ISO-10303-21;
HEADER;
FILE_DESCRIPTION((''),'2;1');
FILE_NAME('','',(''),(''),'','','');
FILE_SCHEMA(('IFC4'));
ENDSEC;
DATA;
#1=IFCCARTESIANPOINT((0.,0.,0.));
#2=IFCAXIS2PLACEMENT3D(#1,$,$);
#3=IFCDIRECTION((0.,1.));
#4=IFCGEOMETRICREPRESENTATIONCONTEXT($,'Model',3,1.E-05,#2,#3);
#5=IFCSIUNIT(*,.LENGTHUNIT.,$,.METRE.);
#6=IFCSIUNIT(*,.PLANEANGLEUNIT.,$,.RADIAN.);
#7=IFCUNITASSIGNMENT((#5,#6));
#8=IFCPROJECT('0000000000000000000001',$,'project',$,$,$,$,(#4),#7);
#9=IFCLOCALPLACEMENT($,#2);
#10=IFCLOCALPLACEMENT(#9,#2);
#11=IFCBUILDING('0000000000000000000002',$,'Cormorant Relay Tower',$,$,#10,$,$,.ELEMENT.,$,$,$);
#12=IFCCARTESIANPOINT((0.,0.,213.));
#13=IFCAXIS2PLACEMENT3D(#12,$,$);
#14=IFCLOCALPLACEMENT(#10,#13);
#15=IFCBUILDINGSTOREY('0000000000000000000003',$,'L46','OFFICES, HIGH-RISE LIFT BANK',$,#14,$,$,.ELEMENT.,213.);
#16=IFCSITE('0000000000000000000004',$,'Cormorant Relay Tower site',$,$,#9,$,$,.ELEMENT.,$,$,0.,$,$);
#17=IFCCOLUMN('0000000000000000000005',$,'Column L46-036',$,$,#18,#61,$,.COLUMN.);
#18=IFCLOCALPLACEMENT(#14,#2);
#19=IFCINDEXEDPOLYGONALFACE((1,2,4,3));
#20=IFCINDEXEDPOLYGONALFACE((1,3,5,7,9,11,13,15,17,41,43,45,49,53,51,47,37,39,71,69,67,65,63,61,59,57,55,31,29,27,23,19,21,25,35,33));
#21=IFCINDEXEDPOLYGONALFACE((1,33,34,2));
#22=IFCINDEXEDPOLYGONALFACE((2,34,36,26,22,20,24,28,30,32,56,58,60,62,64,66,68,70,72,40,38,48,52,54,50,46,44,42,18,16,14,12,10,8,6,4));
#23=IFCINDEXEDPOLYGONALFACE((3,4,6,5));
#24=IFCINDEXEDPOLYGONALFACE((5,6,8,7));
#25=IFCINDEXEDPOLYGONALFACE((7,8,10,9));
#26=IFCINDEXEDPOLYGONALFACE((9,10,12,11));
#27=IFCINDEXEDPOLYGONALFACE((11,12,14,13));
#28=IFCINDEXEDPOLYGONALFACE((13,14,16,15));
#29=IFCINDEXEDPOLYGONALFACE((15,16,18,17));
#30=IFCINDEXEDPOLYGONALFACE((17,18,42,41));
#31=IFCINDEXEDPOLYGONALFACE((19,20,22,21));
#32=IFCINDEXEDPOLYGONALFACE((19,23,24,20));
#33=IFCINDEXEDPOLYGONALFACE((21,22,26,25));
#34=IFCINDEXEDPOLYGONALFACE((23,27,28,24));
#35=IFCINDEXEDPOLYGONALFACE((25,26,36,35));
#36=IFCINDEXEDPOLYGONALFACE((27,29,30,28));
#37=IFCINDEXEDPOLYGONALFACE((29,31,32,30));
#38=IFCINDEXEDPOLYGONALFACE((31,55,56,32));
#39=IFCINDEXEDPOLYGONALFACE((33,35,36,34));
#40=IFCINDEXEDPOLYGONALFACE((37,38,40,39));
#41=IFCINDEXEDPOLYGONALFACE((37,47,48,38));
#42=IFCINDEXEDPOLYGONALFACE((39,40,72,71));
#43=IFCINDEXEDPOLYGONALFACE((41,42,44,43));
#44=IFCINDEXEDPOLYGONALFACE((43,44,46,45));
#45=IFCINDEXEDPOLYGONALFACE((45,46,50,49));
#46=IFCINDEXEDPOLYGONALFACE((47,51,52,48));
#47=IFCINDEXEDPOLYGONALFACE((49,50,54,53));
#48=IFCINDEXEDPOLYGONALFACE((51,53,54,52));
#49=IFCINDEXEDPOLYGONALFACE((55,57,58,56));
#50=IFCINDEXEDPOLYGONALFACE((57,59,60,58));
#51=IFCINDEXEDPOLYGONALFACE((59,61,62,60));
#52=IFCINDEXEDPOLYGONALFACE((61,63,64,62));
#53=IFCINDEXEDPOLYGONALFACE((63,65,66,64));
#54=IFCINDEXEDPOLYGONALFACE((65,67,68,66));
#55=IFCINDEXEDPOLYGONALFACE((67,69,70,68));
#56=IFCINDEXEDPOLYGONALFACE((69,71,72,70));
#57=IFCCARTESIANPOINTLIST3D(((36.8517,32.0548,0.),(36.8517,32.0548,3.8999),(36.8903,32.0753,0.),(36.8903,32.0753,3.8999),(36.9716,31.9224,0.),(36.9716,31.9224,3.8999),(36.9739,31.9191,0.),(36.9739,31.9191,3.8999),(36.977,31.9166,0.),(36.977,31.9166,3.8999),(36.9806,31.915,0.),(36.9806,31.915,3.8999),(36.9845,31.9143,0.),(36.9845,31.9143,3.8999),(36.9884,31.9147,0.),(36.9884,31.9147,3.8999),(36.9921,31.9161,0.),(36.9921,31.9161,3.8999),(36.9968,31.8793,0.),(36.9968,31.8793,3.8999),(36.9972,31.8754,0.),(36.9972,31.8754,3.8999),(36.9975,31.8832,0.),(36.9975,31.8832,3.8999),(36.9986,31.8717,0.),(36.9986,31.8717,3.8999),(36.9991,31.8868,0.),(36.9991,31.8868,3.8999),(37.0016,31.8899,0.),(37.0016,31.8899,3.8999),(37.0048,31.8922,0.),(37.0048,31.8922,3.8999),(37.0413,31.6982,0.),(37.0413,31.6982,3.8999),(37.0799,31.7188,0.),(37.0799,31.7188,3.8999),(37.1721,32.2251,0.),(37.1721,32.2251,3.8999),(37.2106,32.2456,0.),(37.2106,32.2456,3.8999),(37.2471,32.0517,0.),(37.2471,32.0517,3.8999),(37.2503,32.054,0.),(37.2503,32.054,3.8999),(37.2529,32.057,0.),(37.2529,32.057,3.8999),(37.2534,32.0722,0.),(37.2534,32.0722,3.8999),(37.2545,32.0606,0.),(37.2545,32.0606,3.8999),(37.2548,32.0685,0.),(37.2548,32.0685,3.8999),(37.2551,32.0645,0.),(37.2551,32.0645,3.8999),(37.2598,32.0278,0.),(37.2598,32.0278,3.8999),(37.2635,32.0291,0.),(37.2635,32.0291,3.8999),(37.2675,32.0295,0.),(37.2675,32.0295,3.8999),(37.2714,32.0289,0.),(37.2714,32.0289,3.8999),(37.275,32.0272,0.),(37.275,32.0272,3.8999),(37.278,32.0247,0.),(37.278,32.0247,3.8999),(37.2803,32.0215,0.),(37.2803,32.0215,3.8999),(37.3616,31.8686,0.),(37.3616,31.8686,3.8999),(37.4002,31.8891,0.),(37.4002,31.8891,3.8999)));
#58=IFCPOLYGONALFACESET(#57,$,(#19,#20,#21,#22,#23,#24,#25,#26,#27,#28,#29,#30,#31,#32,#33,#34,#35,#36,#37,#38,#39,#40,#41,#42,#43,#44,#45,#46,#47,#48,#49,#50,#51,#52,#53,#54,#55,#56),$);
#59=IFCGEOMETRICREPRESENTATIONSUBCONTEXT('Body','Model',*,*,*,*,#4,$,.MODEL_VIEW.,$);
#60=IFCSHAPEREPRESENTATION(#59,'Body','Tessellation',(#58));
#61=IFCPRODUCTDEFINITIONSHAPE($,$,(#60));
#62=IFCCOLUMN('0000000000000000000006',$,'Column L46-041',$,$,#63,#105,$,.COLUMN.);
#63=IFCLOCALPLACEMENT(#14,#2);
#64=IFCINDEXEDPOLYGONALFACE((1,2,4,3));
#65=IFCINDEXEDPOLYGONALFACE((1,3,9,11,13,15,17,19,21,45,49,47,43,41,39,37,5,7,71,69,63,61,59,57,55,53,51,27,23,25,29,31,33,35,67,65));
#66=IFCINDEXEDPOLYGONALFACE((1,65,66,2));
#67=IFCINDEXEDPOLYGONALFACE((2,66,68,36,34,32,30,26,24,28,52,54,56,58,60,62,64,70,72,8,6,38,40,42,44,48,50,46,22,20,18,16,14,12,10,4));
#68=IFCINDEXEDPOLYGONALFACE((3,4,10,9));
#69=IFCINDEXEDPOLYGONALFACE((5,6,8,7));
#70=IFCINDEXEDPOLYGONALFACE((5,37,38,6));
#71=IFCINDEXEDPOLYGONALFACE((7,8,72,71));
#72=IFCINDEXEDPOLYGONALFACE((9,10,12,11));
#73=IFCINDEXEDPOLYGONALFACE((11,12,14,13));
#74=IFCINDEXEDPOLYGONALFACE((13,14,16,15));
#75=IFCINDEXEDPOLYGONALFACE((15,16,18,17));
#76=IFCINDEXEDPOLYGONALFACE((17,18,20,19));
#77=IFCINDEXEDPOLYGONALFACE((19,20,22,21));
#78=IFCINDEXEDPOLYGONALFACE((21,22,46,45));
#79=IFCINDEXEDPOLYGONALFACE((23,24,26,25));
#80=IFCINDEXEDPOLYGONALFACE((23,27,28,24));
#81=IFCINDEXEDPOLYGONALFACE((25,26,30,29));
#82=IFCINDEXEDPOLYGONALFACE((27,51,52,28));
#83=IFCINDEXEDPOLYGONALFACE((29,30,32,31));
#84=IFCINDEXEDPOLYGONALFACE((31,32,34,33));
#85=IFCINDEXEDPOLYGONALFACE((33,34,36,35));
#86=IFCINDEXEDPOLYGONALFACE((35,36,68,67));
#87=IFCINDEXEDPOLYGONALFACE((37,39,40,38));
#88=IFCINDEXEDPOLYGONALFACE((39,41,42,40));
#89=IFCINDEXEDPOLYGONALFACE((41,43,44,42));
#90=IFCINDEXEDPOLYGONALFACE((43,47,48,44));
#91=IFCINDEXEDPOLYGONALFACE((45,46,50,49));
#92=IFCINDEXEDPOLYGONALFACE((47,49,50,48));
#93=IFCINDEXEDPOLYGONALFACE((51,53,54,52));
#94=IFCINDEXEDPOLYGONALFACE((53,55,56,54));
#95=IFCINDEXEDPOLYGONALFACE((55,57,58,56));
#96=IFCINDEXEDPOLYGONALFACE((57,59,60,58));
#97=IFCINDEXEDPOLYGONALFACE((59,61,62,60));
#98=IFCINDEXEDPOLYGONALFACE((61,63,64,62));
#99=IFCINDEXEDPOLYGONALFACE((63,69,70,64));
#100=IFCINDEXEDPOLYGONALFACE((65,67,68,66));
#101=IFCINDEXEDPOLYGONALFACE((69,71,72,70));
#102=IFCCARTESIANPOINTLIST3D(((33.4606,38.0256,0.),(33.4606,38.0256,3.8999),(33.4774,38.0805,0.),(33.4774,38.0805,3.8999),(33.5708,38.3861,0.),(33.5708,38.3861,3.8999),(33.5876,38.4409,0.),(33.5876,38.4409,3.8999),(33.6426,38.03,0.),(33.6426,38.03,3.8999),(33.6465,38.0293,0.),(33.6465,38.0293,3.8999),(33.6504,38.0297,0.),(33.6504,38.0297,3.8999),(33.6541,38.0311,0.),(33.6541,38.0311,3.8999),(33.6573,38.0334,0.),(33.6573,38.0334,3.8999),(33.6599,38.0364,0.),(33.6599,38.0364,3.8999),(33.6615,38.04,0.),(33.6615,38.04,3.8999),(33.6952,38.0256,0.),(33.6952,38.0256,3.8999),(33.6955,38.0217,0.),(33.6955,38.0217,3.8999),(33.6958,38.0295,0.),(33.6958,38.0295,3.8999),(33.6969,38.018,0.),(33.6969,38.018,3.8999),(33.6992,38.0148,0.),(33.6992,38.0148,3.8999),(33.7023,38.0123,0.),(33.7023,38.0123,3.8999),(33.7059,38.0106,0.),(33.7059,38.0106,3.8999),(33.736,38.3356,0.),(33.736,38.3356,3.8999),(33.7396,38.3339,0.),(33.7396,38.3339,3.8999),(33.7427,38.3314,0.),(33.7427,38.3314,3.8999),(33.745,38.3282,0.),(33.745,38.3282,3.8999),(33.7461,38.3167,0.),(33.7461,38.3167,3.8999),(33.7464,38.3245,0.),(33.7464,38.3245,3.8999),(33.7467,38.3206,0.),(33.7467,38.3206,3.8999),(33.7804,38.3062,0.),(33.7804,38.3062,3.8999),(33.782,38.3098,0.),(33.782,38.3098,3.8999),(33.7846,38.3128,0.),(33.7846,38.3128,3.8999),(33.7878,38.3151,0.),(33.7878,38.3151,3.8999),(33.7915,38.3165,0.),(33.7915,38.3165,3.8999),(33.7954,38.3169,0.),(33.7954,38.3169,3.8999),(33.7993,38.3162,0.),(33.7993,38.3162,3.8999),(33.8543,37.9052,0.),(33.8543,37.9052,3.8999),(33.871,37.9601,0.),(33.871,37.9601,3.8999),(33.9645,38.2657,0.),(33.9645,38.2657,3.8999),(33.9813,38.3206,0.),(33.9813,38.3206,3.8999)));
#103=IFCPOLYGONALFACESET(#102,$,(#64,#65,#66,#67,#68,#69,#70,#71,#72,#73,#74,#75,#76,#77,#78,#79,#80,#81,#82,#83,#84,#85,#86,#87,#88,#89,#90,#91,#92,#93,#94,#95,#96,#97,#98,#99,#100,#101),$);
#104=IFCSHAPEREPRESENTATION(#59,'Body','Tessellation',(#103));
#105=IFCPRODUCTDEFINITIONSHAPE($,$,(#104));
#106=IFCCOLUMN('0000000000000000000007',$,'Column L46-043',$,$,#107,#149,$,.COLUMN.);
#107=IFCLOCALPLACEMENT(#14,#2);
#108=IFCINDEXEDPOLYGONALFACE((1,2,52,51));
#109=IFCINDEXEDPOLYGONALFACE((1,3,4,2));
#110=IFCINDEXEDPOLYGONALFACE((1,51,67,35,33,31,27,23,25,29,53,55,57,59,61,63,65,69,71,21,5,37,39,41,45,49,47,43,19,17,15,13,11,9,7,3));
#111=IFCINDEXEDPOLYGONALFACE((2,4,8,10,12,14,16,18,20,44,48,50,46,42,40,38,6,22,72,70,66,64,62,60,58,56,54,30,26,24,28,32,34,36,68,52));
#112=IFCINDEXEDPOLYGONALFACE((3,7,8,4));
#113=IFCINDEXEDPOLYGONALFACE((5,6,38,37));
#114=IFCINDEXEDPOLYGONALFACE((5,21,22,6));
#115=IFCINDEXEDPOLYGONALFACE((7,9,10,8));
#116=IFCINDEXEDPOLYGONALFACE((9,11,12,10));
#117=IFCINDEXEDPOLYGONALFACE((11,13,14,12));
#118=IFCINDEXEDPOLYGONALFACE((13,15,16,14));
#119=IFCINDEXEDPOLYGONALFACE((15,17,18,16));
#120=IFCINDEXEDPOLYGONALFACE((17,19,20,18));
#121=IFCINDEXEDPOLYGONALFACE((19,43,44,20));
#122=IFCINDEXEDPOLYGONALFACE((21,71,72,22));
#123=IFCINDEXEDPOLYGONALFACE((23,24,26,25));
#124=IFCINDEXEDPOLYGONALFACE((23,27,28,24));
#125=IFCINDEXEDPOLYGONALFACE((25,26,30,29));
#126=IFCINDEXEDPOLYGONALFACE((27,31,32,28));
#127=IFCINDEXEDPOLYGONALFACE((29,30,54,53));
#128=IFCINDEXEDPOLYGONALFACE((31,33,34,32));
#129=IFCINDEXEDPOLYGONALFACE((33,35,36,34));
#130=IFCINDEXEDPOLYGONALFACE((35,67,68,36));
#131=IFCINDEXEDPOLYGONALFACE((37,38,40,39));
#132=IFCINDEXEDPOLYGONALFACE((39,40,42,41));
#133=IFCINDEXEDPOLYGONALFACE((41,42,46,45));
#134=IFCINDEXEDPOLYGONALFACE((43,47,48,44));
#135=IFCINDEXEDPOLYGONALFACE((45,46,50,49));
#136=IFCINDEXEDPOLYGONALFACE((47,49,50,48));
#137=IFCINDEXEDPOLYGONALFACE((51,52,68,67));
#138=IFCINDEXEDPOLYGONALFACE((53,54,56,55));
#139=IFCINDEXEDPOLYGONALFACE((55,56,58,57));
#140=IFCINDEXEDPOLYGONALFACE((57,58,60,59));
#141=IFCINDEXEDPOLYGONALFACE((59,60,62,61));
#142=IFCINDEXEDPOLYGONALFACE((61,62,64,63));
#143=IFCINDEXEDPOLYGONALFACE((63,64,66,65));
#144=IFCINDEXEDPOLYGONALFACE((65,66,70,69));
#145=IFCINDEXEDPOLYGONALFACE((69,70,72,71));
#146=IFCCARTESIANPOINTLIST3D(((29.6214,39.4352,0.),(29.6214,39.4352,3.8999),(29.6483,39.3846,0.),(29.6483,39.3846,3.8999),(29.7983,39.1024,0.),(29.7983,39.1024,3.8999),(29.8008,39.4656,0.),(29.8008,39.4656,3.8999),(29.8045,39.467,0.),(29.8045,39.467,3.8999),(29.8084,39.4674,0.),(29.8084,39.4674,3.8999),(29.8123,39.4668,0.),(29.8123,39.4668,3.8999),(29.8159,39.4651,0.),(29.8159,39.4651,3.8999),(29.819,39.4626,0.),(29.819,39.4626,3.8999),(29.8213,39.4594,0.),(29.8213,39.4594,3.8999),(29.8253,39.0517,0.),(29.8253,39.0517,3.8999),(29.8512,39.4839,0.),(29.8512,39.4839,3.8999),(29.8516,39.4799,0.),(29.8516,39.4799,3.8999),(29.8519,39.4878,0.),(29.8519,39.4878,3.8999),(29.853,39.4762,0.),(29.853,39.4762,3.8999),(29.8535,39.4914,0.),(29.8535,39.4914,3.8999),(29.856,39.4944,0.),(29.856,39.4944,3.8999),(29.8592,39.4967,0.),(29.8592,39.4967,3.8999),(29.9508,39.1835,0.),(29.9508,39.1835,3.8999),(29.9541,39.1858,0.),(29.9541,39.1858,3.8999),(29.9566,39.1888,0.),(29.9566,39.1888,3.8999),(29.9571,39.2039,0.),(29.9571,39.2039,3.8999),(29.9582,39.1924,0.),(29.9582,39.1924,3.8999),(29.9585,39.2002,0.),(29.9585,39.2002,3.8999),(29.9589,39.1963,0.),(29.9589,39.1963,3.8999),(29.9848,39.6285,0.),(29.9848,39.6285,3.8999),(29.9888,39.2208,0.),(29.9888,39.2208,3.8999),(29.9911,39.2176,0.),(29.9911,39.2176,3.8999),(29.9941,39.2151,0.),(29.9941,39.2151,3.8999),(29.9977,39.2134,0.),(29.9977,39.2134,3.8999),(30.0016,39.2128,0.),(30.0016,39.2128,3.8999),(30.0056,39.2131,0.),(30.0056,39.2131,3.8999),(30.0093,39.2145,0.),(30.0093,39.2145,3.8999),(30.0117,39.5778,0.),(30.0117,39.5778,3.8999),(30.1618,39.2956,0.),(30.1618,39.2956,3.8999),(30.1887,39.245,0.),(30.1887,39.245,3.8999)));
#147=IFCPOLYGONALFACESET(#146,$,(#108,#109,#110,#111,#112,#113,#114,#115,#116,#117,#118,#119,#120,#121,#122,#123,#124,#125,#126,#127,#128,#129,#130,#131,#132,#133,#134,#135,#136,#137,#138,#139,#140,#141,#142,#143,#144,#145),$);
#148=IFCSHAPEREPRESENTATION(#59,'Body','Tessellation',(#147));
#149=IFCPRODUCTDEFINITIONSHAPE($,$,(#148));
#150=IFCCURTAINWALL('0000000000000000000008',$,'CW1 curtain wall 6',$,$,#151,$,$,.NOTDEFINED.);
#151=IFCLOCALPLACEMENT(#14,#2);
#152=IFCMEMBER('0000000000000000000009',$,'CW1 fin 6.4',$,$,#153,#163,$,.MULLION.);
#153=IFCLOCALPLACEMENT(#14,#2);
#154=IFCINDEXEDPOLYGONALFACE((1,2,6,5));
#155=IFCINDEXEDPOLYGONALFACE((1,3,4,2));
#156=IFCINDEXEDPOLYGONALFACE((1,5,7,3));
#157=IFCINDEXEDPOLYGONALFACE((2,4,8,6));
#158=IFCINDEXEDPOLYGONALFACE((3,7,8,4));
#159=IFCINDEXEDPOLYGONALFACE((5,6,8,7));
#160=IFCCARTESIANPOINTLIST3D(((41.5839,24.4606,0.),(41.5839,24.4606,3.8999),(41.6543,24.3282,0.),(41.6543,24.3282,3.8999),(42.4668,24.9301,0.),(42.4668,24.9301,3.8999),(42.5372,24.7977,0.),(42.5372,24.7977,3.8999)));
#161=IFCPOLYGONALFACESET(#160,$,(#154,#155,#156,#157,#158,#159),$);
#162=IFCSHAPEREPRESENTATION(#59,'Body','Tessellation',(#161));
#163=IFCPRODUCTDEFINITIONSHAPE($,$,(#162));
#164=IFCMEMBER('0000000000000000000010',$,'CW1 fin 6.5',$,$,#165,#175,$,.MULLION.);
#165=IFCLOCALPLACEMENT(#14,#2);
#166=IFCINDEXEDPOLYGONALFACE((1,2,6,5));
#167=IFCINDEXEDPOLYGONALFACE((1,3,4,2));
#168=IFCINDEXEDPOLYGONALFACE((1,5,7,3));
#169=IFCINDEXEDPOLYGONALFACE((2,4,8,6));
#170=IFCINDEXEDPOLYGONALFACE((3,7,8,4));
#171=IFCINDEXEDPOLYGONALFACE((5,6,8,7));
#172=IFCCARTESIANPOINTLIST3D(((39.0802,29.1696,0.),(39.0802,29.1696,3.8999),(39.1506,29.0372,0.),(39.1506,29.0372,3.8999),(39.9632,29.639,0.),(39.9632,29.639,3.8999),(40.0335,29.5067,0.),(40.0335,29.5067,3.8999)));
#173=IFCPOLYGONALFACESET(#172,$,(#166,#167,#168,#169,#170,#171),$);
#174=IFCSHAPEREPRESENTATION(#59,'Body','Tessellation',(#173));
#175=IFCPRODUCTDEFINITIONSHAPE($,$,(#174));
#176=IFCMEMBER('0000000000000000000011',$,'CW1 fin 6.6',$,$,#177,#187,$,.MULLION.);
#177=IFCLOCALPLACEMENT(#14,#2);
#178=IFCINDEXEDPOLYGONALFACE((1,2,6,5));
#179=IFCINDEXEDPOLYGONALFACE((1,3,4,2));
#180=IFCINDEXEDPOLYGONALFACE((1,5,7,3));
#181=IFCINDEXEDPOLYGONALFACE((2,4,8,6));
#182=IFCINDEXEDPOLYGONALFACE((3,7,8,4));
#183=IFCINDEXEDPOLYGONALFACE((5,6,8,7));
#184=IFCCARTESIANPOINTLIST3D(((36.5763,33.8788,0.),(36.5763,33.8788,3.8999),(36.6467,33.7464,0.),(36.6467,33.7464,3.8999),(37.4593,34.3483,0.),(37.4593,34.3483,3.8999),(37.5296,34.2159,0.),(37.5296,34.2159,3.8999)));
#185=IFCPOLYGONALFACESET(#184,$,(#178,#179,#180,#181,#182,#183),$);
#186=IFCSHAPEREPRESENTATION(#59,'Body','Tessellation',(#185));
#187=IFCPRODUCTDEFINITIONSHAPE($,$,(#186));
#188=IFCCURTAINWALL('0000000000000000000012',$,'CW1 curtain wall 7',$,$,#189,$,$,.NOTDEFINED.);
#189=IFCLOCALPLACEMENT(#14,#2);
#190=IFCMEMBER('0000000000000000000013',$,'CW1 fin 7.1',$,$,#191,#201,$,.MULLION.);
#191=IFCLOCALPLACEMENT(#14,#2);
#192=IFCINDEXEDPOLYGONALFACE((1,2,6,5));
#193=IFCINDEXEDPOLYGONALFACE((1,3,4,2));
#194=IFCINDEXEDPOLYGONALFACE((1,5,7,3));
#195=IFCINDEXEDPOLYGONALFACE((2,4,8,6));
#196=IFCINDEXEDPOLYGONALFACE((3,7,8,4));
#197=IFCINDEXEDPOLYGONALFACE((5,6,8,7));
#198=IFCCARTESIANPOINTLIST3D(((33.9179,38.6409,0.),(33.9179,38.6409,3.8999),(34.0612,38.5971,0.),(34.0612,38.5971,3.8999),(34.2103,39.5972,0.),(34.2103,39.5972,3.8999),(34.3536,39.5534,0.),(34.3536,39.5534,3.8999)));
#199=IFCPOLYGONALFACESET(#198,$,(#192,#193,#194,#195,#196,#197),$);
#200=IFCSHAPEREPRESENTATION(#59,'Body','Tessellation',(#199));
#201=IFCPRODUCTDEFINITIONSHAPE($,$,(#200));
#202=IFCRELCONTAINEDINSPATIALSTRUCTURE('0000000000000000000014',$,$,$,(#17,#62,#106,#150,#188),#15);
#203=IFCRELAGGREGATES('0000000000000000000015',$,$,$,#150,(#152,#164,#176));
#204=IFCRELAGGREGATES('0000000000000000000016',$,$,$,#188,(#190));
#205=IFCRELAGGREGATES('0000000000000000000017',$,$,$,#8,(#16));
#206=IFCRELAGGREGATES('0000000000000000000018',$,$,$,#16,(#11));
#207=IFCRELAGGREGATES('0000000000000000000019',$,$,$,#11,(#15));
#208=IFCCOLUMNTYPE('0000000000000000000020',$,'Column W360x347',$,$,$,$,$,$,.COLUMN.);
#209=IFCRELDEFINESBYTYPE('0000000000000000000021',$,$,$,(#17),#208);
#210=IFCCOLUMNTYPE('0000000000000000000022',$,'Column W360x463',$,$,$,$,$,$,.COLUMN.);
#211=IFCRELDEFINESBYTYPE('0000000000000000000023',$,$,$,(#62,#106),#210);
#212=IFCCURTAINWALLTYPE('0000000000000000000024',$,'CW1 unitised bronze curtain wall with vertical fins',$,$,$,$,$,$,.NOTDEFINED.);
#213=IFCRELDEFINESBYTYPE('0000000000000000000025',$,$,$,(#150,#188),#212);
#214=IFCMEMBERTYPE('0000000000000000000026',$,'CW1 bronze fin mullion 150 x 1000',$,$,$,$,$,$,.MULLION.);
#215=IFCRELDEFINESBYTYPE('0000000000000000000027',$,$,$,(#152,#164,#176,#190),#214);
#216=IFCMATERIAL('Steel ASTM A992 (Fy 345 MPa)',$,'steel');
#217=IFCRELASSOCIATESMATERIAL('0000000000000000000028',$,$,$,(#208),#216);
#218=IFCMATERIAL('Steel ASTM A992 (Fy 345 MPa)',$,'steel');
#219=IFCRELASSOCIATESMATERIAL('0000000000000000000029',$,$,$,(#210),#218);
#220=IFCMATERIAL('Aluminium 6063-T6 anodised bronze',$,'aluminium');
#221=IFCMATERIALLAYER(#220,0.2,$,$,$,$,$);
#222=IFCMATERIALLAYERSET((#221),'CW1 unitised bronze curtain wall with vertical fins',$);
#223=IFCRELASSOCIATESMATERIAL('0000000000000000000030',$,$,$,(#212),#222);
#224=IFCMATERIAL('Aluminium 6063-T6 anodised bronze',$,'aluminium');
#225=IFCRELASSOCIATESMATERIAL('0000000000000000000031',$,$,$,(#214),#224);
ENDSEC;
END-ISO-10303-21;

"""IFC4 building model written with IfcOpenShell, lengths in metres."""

from ifc_helpers import new_model, si_unit, direction, frame, origin, origin_2d, place, context, subcontext, project, spatial, rectangle, i_section, extrude, material, layer, layer_set, material_profile, profile_set, type_object, element, aggregate, save


model = new_model("IFC4")

# Units and contexts
model_context = context("Model", 3, precision=1e-05, world=origin(), true_north=direction((0.0, 1.0)))
body_context = subcontext(model_context, "Body", "Model", "MODEL_VIEW")
ifc_project = project(units=[si_unit("LENGTHUNIT", "METRE"), si_unit("PLANEANGLEUNIT", "RADIAN")], contexts=[model_context])

# Site, building, storey
site_placement = place(None, origin())
site = spatial("IfcSite", under=ifc_project, at=site_placement, Name="Cormorant Relay Tower site", CompositionType="ELEMENT", RefElevation=0.0)
building_placement = place(site_placement, origin())
building = spatial("IfcBuilding", under=site, at=building_placement, Name="Cormorant Relay Tower", CompositionType="ELEMENT")
storey_placement = place(building_placement, frame((0.0, 0.0, 213.0)))
storey = spatial("IfcBuildingStorey", under=building, at=storey_placement, Name="L46", Description="OFFICES, HIGH-RISE LIFT BANK", CompositionType="ELEMENT", Elevation=213.0)

# Columns
ifc_material_1 = material(Name="Steel ASTM A992 (Fy 345 MPa)", Category="steel")
ifc_material_profile_1 = material_profile(ifc_material_1, i_section(OverallWidth=0.4038, OverallDepth=0.4065, WebThickness=0.0271, FlangeThickness=0.0437, FilletRadius=0.0151, at=origin_2d()), Name="W360x347")
ifc_profile_set_1 = profile_set([ifc_material_profile_1], Name="Steel ASTM A992 (Fy 345 MPa)")
column_type_1 = type_object("IfcColumnType", Name="Column W360x347", PredefinedType="COLUMN", material=ifc_profile_set_1)
column_placement = place(storey_placement, frame((37.126, 31.9719, 0.0), z_axis=(0.0, 0.0, 1.0), x_axis=(-0.469472, 0.882948, 0.0)))
element("IfcColumn", 1, at=column_placement, inside=storey, type_object=column_type_1, Name="Column L46-036", PredefinedType="COLUMN", context=body_context, shape_type="SweptSolid", body=[
    extrude(i_section(OverallWidth=0.4038, OverallDepth=0.4065, WebThickness=0.0271, FlangeThickness=0.0437, FilletRadius=0.0151, at=origin_2d()), origin(), (0.0, 0.0, 1.0), 3.8999),
])
ifc_material_2 = material(Name="Steel ASTM A992 (Fy 345 MPa)", Category="steel")
ifc_material_profile_2 = material_profile(ifc_material_2, i_section(OverallWidth=0.4116, OverallDepth=0.4343, WebThickness=0.0359, FlangeThickness=0.0574, FilletRadius=0.0151, at=origin_2d()), Name="W360x463")
ifc_profile_set_2 = profile_set([ifc_material_profile_2], Name="Steel ASTM A992 (Fy 345 MPa)")
column_type_2 = type_object("IfcColumnType", Name="Column W360x463", PredefinedType="COLUMN", material=ifc_profile_set_2)
for number, where, z_axis, x_axis, name in (
    (2, (33.7209, 38.1731, 0.0), (0.0, 0.0, 1.0), (-0.956305, 0.292372, 0.0), "Column L46-041"),
    (3, (29.905, 39.3401, 0.0), (0.0, 0.0, 1.0), (-0.882948, -0.469472, 0.0), "Column L46-043"),
):
    element("IfcColumn", number, at=place(storey_placement, frame(where, z_axis=z_axis, x_axis=x_axis)), inside=storey, type_object=column_type_2, Name=name, PredefinedType="COLUMN", context=body_context, shape_type="SweptSolid", body=[
        extrude(i_section(OverallWidth=0.4116, OverallDepth=0.4343, WebThickness=0.0359, FlangeThickness=0.0574, FilletRadius=0.0151, at=origin_2d()), origin(), (0.0, 0.0, 1.0), 3.8999),
    ])

# Curtain wall, members
ifc_material_3 = material(Name="Aluminium 6063-T6 anodised bronze", Category="aluminium")
ifc_layer_1 = layer(ifc_material_3, 0.2)
ifc_layer_set_1 = layer_set([ifc_layer_1], Name="CW1 unitised bronze curtain wall with vertical fins")
curtain_wall_type = type_object("IfcCurtainWallType", Name="CW1 unitised bronze curtain wall with vertical fins", PredefinedType="NOTDEFINED", material=ifc_layer_set_1)
curtain_wall_1_placement = place(storey_placement, origin())
curtain_wall_1 = element("IfcCurtainWall", 4, at=curtain_wall_1_placement, inside=storey, type_object=curtain_wall_type, Name="CW1 curtain wall 6", PredefinedType="NOTDEFINED")
ifc_material_4 = material(Name="Aluminium 6063-T6 anodised bronze", Category="aluminium")
ifc_material_profile_3 = material_profile(ifc_material_4, rectangle(XDim=0.1499, YDim=1.0, at=origin_2d()), Name="AL 150x1000")
ifc_profile_set_3 = profile_set([ifc_material_profile_3], Name="Aluminium 6063-T6 anodised bronze")
member_type_1 = type_object("IfcMemberType", Name="CW1 bronze fin mullion 150 x 1000", PredefinedType="MULLION", material=ifc_profile_set_3)
member_1_placement = place(storey_placement, frame((42.0605, 24.6292, 0.0), z_axis=(0.0, 0.0, 1.0), x_axis=(-0.469472, 0.882948, 0.0)))
member_1 = element("IfcMember", 5, at=member_1_placement, type_object=member_type_1, Name="CW1 fin 6.4", PredefinedType="MULLION", context=body_context, shape_type="SweptSolid", body=[
    extrude(rectangle(XDim=0.1499, YDim=1.0, at=origin_2d()), origin(), (0.0, 0.0, 1.0), 3.8999),
])
member_2_placement = place(storey_placement, frame((39.5569, 29.3381, 0.0), z_axis=(0.0, 0.0, 1.0), x_axis=(-0.469472, 0.882948, 0.0)))
member_2 = element("IfcMember", 6, at=member_2_placement, type_object=member_type_1, Name="CW1 fin 6.5", PredefinedType="MULLION", context=body_context, shape_type="SweptSolid", body=[
    extrude(rectangle(XDim=0.1499, YDim=1.0, at=origin_2d()), origin(), (0.0, 0.0, 1.0), 3.8999),
])
member_3_placement = place(storey_placement, frame((37.053, 34.0474, 0.0), z_axis=(0.0, 0.0, 1.0), x_axis=(-0.469472, 0.882948, 0.0)))
member_3 = element("IfcMember", 7, at=member_3_placement, type_object=member_type_1, Name="CW1 fin 6.6", PredefinedType="MULLION", context=body_context, shape_type="SweptSolid", body=[
    extrude(rectangle(XDim=0.1499, YDim=1.0, at=origin_2d()), origin(), (0.0, 0.0, 1.0), 3.8999),
])

# Curtain wall, member
curtain_wall_2_placement = place(storey_placement, origin())
curtain_wall_2 = element("IfcCurtainWall", 8, at=curtain_wall_2_placement, inside=storey, type_object=curtain_wall_type, Name="CW1 curtain wall 7", PredefinedType="NOTDEFINED")
member_4_placement = place(storey_placement, frame((34.1357, 39.0972, 0.0), z_axis=(0.0, 0.0, 1.0), x_axis=(-0.956305, 0.292372, 0.0)))
member_4 = element("IfcMember", 9, at=member_4_placement, type_object=member_type_1, Name="CW1 fin 7.1", PredefinedType="MULLION", context=body_context, shape_type="SweptSolid", body=[
    extrude(rectangle(XDim=0.1499, YDim=1.0, at=origin_2d()), origin(), (0.0, 0.0, 1.0), 3.8999),
])

aggregate(curtain_wall_1, [member_1, member_2, member_3])
aggregate(curtain_wall_2, [member_4])

save(model, "model.ifc")
